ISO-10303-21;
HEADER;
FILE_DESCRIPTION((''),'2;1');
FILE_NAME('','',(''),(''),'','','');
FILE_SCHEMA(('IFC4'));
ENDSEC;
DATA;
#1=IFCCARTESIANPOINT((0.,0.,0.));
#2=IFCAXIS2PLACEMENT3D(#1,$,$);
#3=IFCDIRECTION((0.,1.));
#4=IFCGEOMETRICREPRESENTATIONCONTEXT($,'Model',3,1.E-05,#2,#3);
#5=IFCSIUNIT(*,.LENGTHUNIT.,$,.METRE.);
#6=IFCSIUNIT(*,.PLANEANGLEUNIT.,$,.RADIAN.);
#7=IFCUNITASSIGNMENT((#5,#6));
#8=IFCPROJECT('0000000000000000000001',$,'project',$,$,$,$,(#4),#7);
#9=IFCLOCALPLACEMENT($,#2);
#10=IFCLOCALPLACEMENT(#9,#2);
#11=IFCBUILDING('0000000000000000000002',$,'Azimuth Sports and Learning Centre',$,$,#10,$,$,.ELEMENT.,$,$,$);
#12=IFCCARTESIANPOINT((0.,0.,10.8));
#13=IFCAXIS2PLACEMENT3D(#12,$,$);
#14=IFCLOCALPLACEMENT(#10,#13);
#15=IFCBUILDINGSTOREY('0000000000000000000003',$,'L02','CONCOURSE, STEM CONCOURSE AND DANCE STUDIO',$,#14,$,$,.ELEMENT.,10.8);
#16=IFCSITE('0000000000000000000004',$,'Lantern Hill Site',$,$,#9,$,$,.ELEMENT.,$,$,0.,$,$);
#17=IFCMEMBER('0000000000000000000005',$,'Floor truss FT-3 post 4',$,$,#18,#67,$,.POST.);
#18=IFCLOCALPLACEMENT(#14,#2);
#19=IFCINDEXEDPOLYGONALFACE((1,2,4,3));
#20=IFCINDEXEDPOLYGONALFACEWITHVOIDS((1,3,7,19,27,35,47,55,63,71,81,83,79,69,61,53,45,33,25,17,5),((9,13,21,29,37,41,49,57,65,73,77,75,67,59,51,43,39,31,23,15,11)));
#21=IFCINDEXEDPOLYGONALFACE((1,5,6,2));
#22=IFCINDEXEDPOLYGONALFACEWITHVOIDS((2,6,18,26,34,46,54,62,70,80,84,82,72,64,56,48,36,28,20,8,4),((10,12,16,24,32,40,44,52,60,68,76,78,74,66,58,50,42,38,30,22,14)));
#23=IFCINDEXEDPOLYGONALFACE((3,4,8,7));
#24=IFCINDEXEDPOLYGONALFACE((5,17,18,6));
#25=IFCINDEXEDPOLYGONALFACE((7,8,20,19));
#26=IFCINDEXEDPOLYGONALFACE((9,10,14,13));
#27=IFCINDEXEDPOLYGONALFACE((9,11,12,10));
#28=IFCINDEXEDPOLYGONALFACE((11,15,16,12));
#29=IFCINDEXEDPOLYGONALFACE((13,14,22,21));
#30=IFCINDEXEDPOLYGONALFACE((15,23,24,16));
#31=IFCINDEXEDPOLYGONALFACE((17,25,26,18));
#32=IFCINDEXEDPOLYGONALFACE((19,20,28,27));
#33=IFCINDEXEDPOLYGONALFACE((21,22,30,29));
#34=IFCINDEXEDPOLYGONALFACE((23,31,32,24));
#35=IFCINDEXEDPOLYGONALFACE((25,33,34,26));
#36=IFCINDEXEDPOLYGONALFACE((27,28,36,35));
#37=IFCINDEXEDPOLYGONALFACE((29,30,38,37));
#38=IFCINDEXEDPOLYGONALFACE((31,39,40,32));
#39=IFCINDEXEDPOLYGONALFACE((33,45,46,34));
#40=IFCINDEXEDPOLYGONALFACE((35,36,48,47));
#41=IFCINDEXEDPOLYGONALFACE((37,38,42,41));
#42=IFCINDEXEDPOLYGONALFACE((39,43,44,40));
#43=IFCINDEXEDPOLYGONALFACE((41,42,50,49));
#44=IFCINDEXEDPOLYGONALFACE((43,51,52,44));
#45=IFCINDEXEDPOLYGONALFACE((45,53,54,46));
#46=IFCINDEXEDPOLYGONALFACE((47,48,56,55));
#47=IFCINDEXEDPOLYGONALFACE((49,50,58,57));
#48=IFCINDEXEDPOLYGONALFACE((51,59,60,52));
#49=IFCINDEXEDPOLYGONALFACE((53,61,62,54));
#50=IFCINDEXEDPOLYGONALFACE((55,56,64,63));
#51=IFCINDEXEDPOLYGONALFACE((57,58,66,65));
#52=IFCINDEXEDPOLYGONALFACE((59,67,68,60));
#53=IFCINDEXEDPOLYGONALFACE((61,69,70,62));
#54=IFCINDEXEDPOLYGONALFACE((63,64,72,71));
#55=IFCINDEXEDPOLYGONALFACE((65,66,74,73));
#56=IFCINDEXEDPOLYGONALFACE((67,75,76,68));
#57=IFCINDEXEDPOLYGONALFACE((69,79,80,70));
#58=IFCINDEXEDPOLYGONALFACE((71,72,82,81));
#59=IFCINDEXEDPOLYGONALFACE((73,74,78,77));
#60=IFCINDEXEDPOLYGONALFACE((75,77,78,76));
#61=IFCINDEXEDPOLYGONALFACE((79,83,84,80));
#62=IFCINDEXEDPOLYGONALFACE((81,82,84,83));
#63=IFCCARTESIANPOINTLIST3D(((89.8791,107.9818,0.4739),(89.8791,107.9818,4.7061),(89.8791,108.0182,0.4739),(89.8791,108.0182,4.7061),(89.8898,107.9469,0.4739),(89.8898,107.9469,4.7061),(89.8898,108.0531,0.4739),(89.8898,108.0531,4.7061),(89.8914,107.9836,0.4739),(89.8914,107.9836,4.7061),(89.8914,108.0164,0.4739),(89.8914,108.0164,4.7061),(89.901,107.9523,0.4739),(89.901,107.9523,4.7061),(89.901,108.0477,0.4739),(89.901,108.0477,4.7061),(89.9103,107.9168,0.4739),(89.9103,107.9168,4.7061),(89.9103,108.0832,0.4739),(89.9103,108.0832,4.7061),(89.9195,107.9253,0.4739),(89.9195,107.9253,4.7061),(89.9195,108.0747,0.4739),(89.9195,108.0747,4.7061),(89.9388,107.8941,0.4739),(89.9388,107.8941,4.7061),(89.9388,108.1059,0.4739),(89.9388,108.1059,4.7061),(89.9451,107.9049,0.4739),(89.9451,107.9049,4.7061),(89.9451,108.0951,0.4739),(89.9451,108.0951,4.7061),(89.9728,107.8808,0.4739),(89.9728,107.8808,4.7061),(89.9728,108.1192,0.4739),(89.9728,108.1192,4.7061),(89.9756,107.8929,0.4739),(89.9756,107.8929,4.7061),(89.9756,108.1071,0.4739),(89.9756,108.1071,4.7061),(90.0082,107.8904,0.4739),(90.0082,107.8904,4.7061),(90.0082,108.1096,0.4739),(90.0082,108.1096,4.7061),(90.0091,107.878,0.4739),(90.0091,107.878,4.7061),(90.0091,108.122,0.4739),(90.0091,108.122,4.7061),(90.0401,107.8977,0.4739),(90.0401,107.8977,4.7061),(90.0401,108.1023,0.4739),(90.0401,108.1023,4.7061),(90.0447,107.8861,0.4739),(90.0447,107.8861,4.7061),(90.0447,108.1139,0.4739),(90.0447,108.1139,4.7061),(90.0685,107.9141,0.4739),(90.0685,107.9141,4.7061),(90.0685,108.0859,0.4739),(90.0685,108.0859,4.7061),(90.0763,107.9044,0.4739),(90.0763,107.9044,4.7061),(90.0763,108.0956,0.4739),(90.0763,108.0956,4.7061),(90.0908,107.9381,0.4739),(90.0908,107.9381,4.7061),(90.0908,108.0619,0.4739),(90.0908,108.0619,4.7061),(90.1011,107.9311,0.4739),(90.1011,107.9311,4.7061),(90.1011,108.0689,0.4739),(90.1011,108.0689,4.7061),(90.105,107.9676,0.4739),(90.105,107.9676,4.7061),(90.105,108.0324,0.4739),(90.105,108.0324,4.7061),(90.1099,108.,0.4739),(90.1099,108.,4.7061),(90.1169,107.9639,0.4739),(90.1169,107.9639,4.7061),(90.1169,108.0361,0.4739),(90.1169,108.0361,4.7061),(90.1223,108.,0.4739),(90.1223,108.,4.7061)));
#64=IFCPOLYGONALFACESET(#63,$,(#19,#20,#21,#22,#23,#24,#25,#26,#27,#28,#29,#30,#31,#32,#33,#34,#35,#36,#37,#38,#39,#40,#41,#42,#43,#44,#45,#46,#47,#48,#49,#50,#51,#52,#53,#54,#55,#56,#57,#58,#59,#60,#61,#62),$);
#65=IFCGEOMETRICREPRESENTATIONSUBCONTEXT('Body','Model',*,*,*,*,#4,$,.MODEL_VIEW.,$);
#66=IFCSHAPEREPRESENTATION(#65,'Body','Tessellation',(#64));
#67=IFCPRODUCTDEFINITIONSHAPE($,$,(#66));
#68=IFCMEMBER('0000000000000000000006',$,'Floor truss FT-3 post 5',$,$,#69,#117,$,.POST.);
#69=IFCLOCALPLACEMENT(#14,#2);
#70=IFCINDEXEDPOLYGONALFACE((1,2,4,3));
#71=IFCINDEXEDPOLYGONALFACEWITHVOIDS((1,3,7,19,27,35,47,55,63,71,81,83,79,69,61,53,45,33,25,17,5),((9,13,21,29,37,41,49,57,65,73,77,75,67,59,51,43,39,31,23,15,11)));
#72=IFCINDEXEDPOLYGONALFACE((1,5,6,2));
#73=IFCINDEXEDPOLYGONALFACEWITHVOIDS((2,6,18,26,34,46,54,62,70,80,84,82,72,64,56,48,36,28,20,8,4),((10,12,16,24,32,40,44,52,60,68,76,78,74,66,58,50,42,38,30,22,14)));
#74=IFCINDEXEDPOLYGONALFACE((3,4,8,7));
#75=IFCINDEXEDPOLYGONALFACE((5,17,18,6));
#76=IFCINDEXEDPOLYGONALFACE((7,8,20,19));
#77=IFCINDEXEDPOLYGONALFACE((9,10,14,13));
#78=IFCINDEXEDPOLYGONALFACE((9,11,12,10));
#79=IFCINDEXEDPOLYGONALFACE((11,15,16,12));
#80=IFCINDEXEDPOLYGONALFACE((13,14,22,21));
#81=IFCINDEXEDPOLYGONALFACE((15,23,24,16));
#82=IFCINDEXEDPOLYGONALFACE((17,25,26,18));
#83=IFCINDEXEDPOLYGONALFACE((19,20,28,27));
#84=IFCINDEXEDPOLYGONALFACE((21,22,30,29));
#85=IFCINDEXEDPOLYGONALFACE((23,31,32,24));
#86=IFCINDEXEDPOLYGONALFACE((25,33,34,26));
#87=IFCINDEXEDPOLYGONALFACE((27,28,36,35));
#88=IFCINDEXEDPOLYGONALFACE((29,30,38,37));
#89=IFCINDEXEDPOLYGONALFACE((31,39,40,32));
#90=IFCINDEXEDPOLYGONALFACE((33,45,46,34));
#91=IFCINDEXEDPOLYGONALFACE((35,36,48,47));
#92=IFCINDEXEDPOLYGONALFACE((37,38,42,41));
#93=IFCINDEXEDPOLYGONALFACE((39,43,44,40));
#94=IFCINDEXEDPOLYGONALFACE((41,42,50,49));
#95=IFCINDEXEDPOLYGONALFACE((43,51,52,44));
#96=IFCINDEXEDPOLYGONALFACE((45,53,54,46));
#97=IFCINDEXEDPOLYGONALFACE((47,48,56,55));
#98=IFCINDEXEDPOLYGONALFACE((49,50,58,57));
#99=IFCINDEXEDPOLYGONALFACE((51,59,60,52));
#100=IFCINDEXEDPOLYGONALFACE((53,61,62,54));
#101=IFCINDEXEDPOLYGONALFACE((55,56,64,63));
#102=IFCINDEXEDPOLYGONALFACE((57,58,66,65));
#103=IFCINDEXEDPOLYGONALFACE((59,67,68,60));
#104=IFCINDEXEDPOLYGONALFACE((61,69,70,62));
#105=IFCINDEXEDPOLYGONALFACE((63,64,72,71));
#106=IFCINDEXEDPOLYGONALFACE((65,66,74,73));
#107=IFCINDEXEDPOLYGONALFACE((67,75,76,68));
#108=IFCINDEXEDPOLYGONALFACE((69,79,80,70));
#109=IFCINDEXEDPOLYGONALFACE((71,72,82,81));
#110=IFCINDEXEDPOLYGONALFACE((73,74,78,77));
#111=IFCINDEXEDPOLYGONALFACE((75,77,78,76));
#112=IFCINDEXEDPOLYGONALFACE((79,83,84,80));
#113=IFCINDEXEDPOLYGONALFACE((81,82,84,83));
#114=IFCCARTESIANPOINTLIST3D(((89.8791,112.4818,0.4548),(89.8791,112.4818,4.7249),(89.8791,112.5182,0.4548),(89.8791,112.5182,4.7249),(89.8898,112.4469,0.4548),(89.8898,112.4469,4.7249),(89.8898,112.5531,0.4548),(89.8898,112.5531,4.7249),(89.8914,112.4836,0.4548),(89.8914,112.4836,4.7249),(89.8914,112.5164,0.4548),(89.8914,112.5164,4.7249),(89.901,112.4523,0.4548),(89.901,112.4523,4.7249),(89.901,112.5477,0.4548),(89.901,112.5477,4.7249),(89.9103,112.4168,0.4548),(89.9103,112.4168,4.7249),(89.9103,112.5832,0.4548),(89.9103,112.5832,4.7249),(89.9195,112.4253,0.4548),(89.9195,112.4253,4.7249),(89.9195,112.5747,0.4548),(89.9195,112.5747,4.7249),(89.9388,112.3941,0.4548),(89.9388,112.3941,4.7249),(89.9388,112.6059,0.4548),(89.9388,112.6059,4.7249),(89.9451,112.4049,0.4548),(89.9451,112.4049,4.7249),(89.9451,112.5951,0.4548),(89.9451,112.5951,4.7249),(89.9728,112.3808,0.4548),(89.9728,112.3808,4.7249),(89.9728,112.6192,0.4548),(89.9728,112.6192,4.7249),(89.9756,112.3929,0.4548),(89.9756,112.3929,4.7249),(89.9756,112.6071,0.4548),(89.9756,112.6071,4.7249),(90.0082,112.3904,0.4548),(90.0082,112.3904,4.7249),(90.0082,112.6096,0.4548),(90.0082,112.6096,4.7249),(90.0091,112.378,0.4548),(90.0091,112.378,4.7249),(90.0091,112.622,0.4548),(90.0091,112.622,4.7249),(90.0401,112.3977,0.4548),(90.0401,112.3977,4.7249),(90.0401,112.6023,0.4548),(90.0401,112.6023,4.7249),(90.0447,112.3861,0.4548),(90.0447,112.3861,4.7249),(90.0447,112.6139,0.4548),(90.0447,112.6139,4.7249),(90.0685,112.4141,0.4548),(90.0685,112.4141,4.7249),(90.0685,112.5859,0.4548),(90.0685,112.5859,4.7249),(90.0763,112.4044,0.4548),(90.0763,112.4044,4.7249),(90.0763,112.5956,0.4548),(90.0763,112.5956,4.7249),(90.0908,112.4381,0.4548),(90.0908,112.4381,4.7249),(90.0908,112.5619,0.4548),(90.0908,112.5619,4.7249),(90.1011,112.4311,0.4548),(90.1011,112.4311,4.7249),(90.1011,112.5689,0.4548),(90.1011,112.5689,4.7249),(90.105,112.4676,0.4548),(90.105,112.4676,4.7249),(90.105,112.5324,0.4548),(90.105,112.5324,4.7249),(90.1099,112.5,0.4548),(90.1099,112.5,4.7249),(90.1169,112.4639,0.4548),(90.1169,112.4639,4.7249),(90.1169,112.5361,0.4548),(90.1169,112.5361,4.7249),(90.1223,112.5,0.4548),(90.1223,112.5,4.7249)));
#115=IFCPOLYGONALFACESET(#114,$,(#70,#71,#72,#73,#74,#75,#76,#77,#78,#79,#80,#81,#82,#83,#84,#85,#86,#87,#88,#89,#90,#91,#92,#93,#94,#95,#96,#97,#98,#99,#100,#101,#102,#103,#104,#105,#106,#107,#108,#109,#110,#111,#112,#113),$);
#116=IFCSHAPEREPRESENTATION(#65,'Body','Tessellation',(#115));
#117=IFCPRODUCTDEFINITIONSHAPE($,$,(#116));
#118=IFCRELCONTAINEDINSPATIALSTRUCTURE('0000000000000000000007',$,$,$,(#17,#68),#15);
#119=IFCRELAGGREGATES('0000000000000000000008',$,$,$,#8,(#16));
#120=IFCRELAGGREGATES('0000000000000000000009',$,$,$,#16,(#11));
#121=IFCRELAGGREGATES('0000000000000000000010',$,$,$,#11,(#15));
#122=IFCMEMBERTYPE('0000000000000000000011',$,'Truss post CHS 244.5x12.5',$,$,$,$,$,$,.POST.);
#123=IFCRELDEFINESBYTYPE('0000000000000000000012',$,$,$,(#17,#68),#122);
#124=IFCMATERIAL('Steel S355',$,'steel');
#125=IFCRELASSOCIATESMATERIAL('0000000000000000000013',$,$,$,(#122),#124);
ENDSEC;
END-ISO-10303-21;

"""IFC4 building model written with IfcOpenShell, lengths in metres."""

from ifc_helpers import new_model, si_unit, direction, frame, origin, origin_2d, place, context, subcontext, project, spatial, hollow_circle, extrude, material, material_profile, profile_set, type_object, element, save


model = new_model("IFC4")

# Units and contexts
model_context = context("Model", 3, precision=1e-05, world=origin(), true_north=direction((0.0, 1.0)))
body_context = subcontext(model_context, "Body", "Model", "MODEL_VIEW")
ifc_project = project(units=[si_unit("LENGTHUNIT", "METRE"), si_unit("PLANEANGLEUNIT", "RADIAN")], contexts=[model_context])

# Site, building, storey
site_placement = place(None, origin())
site = spatial("IfcSite", under=ifc_project, at=site_placement, Name="Lantern Hill Site", CompositionType="ELEMENT", RefElevation=0.0)
building_placement = place(site_placement, origin())
building = spatial("IfcBuilding", under=site, at=building_placement, Name="Azimuth Sports and Learning Centre", CompositionType="ELEMENT")
storey_placement = place(building_placement, frame((0.0, 0.0, 10.8)))
storey = spatial("IfcBuildingStorey", under=building, at=storey_placement, Name="L02", Description="CONCOURSE, STEM CONCOURSE AND DANCE STUDIO", CompositionType="ELEMENT", Elevation=10.8)

# Members
ifc_material_1 = material(Name="Steel S355", Category="steel")
ifc_material_profile_1 = material_profile(ifc_material_1, hollow_circle(Radius=0.1223, WallThickness=0.0125, at=origin_2d()), Name="CHS 244.5x12.5")
ifc_profile_set_1 = profile_set([ifc_material_profile_1], Name="Steel S355")
member_type_1 = type_object("IfcMemberType", Name="Truss post CHS 244.5x12.5", PredefinedType="POST", material=ifc_profile_set_1)
member_1_placement = place(storey_placement, frame((90.0, 108.0, 0.4739), z_axis=(0.0, 0.0, 1.0), x_axis=(1.0, 0.0, 0.0)))
element("IfcMember", 1, at=member_1_placement, inside=storey, type_object=member_type_1, Name="Floor truss FT-3 post 4", PredefinedType="POST", context=body_context, shape_type="SweptSolid", body=[
    extrude(hollow_circle(Radius=0.1223, WallThickness=0.0125, at=origin_2d()), origin(), (0.0, 0.0, 1.0), 4.2322),
])
member_2_placement = place(storey_placement, frame((90.0, 112.5, 0.4548), z_axis=(0.0, 0.0, 1.0), x_axis=(1.0, 0.0, 0.0)))
element("IfcMember", 2, at=member_2_placement, inside=storey, type_object=member_type_1, Name="Floor truss FT-3 post 5", PredefinedType="POST", context=body_context, shape_type="SweptSolid", body=[
    extrude(hollow_circle(Radius=0.1223, WallThickness=0.0125, at=origin_2d()), origin(), (0.0, 0.0, 1.0), 4.27),
])

save(model, "model.ifc")
